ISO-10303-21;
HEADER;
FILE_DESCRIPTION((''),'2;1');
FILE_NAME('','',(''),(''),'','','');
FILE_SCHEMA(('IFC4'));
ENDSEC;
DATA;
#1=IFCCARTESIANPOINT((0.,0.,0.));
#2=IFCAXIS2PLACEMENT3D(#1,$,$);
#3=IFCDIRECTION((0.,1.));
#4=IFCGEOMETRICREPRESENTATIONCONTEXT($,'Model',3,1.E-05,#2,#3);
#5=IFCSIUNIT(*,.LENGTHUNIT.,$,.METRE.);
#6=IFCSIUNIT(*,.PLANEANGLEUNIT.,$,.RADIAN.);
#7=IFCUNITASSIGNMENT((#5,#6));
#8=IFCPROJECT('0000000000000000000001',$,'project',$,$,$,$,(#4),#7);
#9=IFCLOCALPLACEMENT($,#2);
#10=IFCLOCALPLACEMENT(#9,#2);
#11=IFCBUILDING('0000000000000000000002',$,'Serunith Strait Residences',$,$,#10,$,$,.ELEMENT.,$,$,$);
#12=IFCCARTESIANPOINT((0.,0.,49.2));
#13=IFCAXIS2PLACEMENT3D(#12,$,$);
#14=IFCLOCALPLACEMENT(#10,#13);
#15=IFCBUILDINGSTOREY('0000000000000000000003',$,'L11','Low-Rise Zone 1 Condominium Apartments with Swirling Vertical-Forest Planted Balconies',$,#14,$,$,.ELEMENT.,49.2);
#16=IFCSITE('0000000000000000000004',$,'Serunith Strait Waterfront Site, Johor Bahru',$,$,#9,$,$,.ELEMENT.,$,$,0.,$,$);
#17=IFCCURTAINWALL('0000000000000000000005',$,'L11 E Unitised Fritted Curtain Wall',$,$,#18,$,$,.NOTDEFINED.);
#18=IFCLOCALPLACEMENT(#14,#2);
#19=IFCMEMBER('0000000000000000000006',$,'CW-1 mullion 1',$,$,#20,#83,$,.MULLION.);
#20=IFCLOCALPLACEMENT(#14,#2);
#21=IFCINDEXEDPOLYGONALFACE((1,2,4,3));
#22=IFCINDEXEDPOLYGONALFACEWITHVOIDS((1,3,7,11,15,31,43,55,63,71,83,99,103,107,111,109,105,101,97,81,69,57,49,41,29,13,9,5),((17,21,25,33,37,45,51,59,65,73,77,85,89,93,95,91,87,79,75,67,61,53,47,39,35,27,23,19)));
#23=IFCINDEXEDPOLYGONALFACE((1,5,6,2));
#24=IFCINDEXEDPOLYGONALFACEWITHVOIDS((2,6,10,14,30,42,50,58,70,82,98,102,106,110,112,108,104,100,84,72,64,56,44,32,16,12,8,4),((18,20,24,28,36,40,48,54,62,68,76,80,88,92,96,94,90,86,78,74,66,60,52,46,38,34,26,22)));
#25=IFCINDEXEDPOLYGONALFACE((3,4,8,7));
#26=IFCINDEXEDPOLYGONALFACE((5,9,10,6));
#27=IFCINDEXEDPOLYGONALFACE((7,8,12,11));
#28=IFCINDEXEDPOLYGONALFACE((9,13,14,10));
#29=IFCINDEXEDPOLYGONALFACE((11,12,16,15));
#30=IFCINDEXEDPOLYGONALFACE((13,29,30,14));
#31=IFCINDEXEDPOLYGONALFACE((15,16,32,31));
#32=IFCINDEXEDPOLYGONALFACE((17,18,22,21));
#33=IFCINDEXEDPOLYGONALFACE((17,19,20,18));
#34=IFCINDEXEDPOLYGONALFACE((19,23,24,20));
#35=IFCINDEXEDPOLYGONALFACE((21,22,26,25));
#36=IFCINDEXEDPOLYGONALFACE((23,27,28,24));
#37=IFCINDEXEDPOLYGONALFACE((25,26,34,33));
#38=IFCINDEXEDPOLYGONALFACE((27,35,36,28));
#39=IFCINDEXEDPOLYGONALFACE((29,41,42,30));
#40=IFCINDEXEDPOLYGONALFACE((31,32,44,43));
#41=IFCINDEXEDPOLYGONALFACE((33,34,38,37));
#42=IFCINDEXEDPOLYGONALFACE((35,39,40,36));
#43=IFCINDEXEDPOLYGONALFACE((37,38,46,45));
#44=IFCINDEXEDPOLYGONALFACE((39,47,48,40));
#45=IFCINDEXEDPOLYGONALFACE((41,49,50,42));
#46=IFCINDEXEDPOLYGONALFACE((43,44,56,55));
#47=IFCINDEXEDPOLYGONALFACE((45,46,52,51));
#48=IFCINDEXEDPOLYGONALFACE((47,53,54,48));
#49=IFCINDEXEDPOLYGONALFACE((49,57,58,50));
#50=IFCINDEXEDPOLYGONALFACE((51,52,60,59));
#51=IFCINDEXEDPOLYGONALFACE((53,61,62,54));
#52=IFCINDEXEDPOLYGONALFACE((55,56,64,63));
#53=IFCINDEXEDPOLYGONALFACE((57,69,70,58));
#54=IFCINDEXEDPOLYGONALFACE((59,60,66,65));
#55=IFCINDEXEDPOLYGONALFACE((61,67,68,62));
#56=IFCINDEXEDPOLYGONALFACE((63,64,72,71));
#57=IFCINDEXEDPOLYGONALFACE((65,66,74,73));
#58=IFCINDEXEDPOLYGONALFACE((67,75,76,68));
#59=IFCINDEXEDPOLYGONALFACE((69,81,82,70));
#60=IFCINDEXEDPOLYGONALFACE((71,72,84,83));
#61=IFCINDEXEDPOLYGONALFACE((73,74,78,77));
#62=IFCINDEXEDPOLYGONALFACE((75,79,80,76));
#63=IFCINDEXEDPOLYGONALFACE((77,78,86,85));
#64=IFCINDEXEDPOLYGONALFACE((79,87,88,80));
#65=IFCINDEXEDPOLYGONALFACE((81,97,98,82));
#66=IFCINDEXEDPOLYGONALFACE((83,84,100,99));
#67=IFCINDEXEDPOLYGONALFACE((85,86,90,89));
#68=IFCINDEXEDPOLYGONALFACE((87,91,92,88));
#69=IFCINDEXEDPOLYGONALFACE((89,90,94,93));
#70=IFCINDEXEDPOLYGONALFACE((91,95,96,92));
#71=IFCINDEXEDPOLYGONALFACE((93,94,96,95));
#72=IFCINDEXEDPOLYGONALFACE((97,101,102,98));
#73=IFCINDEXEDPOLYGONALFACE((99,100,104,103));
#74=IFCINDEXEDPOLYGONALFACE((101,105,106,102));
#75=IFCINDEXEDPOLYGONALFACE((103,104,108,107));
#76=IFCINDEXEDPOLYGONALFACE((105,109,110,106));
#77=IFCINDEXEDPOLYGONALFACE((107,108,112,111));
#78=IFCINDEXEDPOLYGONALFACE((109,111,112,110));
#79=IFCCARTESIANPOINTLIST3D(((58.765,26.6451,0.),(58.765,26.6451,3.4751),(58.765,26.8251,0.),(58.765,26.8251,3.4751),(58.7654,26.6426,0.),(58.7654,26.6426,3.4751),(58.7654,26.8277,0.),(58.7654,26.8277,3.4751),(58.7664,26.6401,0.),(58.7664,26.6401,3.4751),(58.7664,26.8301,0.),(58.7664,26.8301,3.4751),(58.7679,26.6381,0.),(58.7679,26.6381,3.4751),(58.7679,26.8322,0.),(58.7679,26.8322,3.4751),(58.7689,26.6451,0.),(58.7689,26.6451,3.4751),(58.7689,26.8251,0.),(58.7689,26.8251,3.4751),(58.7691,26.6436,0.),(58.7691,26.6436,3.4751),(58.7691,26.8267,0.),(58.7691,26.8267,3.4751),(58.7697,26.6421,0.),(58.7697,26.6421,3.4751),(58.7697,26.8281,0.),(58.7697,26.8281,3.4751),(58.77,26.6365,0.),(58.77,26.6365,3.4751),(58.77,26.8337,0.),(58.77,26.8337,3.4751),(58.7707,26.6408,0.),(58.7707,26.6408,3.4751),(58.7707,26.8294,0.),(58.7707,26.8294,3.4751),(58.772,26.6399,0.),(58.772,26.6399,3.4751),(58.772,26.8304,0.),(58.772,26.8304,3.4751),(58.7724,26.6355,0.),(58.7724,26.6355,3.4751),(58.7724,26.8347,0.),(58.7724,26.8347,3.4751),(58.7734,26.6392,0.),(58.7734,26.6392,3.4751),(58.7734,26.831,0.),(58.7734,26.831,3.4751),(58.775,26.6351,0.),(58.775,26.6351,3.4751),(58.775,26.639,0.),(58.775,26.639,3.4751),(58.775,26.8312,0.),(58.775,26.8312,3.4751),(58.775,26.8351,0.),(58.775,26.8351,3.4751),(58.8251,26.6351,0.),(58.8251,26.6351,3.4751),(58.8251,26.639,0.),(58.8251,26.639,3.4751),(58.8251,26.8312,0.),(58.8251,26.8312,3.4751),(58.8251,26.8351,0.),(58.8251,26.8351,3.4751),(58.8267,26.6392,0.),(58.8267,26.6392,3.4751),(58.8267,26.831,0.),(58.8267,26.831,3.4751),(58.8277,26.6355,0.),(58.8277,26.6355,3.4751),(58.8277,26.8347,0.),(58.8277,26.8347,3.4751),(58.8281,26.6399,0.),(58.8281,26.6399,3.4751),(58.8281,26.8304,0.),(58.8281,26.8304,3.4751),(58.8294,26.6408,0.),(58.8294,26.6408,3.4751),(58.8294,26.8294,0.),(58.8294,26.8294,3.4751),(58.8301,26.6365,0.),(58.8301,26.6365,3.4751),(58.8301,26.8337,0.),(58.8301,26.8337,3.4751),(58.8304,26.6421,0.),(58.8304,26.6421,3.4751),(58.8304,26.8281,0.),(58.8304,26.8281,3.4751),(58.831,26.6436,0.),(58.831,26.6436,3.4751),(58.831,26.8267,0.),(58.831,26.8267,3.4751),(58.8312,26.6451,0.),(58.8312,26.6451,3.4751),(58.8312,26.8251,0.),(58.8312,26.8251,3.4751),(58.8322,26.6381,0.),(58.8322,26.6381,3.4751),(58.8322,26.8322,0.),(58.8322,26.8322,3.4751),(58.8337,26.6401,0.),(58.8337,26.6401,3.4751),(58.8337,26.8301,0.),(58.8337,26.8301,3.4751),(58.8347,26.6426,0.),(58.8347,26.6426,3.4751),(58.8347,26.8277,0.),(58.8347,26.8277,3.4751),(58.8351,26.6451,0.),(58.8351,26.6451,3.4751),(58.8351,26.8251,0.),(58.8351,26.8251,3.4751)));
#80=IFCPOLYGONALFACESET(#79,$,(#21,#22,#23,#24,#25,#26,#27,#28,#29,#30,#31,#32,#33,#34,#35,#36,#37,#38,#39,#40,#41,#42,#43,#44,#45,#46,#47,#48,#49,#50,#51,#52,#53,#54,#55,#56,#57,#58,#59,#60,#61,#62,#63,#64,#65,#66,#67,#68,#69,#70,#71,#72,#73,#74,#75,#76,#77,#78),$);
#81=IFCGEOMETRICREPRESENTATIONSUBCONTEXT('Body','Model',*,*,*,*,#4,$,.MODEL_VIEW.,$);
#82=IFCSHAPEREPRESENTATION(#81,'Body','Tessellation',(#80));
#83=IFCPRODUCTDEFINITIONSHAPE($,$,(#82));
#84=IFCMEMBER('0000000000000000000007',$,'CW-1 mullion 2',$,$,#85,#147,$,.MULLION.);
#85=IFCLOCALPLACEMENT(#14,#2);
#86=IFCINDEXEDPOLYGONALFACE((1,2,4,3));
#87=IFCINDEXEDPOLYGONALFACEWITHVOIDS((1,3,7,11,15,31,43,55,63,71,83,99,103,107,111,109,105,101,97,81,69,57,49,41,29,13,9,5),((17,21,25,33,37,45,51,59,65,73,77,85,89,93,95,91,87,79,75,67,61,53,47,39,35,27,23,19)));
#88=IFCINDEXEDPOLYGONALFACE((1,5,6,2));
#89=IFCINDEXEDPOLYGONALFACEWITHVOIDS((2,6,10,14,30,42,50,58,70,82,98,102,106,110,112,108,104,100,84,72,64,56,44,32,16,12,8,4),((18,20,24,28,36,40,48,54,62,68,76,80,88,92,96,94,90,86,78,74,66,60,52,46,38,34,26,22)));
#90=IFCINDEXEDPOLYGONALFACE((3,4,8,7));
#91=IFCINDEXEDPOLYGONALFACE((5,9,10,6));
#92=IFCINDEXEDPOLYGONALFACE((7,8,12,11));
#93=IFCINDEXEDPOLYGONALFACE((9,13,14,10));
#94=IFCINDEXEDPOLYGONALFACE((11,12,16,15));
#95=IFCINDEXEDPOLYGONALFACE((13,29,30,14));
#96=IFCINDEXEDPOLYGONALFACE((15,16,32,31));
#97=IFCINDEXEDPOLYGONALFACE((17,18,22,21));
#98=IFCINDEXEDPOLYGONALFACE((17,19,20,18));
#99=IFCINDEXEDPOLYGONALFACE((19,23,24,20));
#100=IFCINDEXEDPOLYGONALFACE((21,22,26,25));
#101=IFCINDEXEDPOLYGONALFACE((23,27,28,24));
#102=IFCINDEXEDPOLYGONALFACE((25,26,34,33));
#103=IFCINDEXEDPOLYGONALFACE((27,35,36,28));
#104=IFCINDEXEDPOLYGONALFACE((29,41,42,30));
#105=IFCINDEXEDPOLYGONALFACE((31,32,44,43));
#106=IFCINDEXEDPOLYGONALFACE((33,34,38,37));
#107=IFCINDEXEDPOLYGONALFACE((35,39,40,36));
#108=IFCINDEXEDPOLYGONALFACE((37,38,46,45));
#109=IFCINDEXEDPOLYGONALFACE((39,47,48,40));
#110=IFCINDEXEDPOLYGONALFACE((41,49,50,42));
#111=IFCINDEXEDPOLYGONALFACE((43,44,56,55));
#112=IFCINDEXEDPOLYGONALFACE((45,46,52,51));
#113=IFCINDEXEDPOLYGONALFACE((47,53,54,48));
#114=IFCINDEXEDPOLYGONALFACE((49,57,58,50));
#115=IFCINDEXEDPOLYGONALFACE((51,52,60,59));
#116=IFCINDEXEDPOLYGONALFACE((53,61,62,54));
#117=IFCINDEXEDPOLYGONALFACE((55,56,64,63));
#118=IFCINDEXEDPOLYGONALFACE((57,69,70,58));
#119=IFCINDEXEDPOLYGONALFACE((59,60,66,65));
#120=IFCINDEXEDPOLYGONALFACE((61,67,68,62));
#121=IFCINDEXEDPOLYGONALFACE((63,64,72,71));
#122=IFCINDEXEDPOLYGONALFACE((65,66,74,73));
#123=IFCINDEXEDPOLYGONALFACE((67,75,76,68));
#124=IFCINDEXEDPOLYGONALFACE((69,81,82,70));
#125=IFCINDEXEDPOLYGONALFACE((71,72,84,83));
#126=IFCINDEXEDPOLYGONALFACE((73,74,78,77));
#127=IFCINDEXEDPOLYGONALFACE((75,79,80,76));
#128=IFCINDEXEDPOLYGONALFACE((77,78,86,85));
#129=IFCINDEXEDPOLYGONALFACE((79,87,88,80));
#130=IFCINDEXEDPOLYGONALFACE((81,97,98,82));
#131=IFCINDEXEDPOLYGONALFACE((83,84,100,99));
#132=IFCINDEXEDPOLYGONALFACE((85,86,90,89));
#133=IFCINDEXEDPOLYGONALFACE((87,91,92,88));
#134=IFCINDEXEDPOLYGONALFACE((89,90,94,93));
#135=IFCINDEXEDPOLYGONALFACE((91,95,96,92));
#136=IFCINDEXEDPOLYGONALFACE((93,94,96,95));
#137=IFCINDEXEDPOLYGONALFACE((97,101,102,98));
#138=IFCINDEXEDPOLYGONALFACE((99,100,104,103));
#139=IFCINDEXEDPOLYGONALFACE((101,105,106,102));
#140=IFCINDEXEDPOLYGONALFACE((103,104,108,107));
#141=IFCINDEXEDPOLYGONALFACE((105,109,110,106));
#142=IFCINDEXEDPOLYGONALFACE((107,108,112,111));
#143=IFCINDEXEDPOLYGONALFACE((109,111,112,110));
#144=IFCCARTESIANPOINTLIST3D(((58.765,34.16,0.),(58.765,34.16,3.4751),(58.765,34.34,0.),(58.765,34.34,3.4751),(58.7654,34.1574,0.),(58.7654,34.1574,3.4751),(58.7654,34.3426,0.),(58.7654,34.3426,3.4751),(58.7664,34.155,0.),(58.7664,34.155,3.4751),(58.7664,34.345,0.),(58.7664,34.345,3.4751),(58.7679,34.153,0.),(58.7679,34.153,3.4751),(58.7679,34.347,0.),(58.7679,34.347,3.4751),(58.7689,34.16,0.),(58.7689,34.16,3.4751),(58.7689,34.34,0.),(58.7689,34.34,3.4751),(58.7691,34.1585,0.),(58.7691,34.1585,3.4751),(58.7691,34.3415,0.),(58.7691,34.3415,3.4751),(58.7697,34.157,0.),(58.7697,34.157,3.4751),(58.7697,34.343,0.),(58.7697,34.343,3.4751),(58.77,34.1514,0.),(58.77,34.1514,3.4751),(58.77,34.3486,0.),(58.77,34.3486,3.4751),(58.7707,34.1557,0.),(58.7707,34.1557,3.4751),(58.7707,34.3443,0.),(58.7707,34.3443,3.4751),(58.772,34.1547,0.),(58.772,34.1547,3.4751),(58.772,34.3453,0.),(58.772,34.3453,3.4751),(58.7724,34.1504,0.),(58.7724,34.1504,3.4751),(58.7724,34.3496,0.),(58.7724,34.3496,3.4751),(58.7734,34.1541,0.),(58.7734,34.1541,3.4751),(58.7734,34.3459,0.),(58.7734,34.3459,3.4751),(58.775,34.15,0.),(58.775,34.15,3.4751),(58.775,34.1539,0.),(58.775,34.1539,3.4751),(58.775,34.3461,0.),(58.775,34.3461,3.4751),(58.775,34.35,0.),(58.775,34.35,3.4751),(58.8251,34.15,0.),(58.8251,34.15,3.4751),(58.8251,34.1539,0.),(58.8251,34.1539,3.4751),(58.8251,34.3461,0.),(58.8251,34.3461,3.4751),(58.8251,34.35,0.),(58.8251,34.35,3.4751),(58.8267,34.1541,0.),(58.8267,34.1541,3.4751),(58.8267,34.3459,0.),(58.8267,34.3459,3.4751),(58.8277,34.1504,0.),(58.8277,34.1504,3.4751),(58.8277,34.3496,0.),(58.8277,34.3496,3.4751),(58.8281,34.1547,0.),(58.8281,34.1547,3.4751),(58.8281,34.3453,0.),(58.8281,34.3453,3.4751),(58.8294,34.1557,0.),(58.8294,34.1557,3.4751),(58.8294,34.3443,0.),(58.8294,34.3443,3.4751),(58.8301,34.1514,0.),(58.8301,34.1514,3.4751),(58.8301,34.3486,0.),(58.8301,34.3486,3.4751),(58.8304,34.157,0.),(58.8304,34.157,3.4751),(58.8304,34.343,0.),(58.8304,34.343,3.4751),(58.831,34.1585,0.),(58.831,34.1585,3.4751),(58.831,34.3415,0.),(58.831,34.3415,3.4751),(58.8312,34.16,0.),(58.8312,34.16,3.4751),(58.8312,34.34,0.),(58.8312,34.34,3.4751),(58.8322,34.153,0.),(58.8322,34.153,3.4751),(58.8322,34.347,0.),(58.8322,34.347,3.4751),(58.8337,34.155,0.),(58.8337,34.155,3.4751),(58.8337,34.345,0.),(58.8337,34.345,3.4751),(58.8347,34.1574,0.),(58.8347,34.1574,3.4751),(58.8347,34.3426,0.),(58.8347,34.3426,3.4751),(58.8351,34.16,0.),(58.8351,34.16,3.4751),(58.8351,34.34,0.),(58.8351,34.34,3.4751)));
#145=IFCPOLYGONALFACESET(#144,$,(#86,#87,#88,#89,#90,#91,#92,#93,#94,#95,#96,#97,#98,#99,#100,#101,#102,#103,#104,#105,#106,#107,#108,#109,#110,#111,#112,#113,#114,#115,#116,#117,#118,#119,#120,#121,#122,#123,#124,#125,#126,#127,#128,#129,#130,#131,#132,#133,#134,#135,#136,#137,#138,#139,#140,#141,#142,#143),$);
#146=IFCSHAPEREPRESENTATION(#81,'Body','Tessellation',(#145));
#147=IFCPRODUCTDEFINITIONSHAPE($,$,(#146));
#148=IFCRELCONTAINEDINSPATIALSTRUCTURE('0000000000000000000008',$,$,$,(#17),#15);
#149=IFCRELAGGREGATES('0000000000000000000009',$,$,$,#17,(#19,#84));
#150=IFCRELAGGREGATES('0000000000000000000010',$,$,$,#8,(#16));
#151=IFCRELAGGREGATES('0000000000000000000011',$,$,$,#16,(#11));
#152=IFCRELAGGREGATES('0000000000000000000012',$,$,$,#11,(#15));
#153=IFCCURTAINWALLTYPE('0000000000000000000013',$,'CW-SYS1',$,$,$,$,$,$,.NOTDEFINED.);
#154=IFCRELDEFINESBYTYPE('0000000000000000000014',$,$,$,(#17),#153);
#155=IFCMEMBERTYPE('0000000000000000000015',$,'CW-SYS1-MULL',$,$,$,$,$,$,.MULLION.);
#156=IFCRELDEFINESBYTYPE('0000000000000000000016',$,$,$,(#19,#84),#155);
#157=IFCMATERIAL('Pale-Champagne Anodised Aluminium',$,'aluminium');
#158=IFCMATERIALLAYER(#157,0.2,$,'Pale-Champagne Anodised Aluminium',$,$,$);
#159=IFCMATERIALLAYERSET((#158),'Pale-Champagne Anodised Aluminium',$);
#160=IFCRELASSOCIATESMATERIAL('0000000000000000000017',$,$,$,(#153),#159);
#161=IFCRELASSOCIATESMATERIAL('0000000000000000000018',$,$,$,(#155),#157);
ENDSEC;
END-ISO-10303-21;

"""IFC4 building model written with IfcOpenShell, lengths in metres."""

from ifc_helpers import new_model, si_unit, direction, frame, origin, origin_2d, place, context, subcontext, project, spatial, hollow_rectangle, extrude, source, transform, mapped, material, layer, layer_set, material_profile, profile_set, type_object, element, aggregate, save


model = new_model("IFC4")

# Units and contexts
model_context = context("Model", 3, precision=1e-05, world=origin(), true_north=direction((0.0, 1.0)))
body_context = subcontext(model_context, "Body", "Model", "MODEL_VIEW")
ifc_project = project(units=[si_unit("LENGTHUNIT", "METRE"), si_unit("PLANEANGLEUNIT", "RADIAN")], contexts=[model_context])

# Site, building, storey
site_placement = place(None, origin())
site = spatial("IfcSite", under=ifc_project, at=site_placement, Name="Serunith Strait Waterfront Site, Johor Bahru", CompositionType="ELEMENT", RefElevation=0.0)
building_placement = place(site_placement, origin())
building = spatial("IfcBuilding", under=site, at=building_placement, Name="Serunith Strait Residences", CompositionType="ELEMENT")
storey_placement = place(building_placement, frame((0.0, 0.0, 49.2)))
storey = spatial("IfcBuildingStorey", under=building, at=storey_placement, Name="L11", Description="Low-Rise Zone 1 Condominium Apartments with Swirling Vertical-Forest Planted Balconies", CompositionType="ELEMENT", Elevation=49.2)

# Curtain wall, members
ifc_material_1 = material(Name="Pale-Champagne Anodised Aluminium", Category="aluminium")
ifc_layer_1 = layer(ifc_material_1, 0.2, Name="Pale-Champagne Anodised Aluminium")
ifc_layer_set_1 = layer_set([ifc_layer_1], Name="Pale-Champagne Anodised Aluminium")
curtain_wall_type = type_object("IfcCurtainWallType", Name="CW-SYS1", PredefinedType="NOTDEFINED", material=ifc_layer_set_1)
curtain_wall_placement = place(storey_placement, origin())
curtain_wall = element("IfcCurtainWall", 1, at=curtain_wall_placement, inside=storey, type_object=curtain_wall_type, Name="L11 E Unitised Fritted Curtain Wall", PredefinedType="NOTDEFINED")
ifc_material_profile_1 = material_profile(ifc_material_1, hollow_rectangle(XDim=0.0701, YDim=0.2, WallThickness=0.0039, InnerFilletRadius=0.0061, OuterFilletRadius=0.01, at=origin_2d()), Name="ALU 200x70x4")
ifc_profile_set_1 = profile_set([ifc_material_profile_1], Name="Pale-Champagne Anodised Aluminium")
member_type_1 = type_object("IfcMemberType", Name="CW-SYS1-MULL", PredefinedType="MULLION", material=ifc_profile_set_1)
shared_shape_1 = source(origin(), body_context, "Body", "SweptSolid", [
    extrude(hollow_rectangle(XDim=0.0701, YDim=0.2, WallThickness=0.0039, InnerFilletRadius=0.0061, OuterFilletRadius=0.01, at=origin_2d()), origin(), (0.0, 0.0, 1.0), 3.4751),
])
member_1_placement = place(storey_placement, frame((58.8, 26.7351, 0.0), z_axis=(0.0, 0.0, 1.0), x_axis=(-1.0, 0.0, 0.0)))
member_1 = element("IfcMember", 2, at=member_1_placement, type_object=member_type_1, Name="CW-1 mullion 1", PredefinedType="MULLION", context=body_context, shape_type="MappedRepresentation", body=[
    mapped(shared_shape_1, transform((0.0, 0.0, 0.0), scale=1.0)),
])
member_2_placement = place(storey_placement, frame((58.8, 34.25, 0.0), z_axis=(0.0, 0.0, 1.0), x_axis=(-1.0, 0.0, 0.0)))
member_2 = element("IfcMember", 3, at=member_2_placement, type_object=member_type_1, Name="CW-1 mullion 2", PredefinedType="MULLION", context=body_context, shape_type="MappedRepresentation", body=[
    mapped(shared_shape_1, transform((0.0, 0.0, 0.0), scale=1.0)),
])
aggregate(curtain_wall, [member_1, member_2])

save(model, "model.ifc")
